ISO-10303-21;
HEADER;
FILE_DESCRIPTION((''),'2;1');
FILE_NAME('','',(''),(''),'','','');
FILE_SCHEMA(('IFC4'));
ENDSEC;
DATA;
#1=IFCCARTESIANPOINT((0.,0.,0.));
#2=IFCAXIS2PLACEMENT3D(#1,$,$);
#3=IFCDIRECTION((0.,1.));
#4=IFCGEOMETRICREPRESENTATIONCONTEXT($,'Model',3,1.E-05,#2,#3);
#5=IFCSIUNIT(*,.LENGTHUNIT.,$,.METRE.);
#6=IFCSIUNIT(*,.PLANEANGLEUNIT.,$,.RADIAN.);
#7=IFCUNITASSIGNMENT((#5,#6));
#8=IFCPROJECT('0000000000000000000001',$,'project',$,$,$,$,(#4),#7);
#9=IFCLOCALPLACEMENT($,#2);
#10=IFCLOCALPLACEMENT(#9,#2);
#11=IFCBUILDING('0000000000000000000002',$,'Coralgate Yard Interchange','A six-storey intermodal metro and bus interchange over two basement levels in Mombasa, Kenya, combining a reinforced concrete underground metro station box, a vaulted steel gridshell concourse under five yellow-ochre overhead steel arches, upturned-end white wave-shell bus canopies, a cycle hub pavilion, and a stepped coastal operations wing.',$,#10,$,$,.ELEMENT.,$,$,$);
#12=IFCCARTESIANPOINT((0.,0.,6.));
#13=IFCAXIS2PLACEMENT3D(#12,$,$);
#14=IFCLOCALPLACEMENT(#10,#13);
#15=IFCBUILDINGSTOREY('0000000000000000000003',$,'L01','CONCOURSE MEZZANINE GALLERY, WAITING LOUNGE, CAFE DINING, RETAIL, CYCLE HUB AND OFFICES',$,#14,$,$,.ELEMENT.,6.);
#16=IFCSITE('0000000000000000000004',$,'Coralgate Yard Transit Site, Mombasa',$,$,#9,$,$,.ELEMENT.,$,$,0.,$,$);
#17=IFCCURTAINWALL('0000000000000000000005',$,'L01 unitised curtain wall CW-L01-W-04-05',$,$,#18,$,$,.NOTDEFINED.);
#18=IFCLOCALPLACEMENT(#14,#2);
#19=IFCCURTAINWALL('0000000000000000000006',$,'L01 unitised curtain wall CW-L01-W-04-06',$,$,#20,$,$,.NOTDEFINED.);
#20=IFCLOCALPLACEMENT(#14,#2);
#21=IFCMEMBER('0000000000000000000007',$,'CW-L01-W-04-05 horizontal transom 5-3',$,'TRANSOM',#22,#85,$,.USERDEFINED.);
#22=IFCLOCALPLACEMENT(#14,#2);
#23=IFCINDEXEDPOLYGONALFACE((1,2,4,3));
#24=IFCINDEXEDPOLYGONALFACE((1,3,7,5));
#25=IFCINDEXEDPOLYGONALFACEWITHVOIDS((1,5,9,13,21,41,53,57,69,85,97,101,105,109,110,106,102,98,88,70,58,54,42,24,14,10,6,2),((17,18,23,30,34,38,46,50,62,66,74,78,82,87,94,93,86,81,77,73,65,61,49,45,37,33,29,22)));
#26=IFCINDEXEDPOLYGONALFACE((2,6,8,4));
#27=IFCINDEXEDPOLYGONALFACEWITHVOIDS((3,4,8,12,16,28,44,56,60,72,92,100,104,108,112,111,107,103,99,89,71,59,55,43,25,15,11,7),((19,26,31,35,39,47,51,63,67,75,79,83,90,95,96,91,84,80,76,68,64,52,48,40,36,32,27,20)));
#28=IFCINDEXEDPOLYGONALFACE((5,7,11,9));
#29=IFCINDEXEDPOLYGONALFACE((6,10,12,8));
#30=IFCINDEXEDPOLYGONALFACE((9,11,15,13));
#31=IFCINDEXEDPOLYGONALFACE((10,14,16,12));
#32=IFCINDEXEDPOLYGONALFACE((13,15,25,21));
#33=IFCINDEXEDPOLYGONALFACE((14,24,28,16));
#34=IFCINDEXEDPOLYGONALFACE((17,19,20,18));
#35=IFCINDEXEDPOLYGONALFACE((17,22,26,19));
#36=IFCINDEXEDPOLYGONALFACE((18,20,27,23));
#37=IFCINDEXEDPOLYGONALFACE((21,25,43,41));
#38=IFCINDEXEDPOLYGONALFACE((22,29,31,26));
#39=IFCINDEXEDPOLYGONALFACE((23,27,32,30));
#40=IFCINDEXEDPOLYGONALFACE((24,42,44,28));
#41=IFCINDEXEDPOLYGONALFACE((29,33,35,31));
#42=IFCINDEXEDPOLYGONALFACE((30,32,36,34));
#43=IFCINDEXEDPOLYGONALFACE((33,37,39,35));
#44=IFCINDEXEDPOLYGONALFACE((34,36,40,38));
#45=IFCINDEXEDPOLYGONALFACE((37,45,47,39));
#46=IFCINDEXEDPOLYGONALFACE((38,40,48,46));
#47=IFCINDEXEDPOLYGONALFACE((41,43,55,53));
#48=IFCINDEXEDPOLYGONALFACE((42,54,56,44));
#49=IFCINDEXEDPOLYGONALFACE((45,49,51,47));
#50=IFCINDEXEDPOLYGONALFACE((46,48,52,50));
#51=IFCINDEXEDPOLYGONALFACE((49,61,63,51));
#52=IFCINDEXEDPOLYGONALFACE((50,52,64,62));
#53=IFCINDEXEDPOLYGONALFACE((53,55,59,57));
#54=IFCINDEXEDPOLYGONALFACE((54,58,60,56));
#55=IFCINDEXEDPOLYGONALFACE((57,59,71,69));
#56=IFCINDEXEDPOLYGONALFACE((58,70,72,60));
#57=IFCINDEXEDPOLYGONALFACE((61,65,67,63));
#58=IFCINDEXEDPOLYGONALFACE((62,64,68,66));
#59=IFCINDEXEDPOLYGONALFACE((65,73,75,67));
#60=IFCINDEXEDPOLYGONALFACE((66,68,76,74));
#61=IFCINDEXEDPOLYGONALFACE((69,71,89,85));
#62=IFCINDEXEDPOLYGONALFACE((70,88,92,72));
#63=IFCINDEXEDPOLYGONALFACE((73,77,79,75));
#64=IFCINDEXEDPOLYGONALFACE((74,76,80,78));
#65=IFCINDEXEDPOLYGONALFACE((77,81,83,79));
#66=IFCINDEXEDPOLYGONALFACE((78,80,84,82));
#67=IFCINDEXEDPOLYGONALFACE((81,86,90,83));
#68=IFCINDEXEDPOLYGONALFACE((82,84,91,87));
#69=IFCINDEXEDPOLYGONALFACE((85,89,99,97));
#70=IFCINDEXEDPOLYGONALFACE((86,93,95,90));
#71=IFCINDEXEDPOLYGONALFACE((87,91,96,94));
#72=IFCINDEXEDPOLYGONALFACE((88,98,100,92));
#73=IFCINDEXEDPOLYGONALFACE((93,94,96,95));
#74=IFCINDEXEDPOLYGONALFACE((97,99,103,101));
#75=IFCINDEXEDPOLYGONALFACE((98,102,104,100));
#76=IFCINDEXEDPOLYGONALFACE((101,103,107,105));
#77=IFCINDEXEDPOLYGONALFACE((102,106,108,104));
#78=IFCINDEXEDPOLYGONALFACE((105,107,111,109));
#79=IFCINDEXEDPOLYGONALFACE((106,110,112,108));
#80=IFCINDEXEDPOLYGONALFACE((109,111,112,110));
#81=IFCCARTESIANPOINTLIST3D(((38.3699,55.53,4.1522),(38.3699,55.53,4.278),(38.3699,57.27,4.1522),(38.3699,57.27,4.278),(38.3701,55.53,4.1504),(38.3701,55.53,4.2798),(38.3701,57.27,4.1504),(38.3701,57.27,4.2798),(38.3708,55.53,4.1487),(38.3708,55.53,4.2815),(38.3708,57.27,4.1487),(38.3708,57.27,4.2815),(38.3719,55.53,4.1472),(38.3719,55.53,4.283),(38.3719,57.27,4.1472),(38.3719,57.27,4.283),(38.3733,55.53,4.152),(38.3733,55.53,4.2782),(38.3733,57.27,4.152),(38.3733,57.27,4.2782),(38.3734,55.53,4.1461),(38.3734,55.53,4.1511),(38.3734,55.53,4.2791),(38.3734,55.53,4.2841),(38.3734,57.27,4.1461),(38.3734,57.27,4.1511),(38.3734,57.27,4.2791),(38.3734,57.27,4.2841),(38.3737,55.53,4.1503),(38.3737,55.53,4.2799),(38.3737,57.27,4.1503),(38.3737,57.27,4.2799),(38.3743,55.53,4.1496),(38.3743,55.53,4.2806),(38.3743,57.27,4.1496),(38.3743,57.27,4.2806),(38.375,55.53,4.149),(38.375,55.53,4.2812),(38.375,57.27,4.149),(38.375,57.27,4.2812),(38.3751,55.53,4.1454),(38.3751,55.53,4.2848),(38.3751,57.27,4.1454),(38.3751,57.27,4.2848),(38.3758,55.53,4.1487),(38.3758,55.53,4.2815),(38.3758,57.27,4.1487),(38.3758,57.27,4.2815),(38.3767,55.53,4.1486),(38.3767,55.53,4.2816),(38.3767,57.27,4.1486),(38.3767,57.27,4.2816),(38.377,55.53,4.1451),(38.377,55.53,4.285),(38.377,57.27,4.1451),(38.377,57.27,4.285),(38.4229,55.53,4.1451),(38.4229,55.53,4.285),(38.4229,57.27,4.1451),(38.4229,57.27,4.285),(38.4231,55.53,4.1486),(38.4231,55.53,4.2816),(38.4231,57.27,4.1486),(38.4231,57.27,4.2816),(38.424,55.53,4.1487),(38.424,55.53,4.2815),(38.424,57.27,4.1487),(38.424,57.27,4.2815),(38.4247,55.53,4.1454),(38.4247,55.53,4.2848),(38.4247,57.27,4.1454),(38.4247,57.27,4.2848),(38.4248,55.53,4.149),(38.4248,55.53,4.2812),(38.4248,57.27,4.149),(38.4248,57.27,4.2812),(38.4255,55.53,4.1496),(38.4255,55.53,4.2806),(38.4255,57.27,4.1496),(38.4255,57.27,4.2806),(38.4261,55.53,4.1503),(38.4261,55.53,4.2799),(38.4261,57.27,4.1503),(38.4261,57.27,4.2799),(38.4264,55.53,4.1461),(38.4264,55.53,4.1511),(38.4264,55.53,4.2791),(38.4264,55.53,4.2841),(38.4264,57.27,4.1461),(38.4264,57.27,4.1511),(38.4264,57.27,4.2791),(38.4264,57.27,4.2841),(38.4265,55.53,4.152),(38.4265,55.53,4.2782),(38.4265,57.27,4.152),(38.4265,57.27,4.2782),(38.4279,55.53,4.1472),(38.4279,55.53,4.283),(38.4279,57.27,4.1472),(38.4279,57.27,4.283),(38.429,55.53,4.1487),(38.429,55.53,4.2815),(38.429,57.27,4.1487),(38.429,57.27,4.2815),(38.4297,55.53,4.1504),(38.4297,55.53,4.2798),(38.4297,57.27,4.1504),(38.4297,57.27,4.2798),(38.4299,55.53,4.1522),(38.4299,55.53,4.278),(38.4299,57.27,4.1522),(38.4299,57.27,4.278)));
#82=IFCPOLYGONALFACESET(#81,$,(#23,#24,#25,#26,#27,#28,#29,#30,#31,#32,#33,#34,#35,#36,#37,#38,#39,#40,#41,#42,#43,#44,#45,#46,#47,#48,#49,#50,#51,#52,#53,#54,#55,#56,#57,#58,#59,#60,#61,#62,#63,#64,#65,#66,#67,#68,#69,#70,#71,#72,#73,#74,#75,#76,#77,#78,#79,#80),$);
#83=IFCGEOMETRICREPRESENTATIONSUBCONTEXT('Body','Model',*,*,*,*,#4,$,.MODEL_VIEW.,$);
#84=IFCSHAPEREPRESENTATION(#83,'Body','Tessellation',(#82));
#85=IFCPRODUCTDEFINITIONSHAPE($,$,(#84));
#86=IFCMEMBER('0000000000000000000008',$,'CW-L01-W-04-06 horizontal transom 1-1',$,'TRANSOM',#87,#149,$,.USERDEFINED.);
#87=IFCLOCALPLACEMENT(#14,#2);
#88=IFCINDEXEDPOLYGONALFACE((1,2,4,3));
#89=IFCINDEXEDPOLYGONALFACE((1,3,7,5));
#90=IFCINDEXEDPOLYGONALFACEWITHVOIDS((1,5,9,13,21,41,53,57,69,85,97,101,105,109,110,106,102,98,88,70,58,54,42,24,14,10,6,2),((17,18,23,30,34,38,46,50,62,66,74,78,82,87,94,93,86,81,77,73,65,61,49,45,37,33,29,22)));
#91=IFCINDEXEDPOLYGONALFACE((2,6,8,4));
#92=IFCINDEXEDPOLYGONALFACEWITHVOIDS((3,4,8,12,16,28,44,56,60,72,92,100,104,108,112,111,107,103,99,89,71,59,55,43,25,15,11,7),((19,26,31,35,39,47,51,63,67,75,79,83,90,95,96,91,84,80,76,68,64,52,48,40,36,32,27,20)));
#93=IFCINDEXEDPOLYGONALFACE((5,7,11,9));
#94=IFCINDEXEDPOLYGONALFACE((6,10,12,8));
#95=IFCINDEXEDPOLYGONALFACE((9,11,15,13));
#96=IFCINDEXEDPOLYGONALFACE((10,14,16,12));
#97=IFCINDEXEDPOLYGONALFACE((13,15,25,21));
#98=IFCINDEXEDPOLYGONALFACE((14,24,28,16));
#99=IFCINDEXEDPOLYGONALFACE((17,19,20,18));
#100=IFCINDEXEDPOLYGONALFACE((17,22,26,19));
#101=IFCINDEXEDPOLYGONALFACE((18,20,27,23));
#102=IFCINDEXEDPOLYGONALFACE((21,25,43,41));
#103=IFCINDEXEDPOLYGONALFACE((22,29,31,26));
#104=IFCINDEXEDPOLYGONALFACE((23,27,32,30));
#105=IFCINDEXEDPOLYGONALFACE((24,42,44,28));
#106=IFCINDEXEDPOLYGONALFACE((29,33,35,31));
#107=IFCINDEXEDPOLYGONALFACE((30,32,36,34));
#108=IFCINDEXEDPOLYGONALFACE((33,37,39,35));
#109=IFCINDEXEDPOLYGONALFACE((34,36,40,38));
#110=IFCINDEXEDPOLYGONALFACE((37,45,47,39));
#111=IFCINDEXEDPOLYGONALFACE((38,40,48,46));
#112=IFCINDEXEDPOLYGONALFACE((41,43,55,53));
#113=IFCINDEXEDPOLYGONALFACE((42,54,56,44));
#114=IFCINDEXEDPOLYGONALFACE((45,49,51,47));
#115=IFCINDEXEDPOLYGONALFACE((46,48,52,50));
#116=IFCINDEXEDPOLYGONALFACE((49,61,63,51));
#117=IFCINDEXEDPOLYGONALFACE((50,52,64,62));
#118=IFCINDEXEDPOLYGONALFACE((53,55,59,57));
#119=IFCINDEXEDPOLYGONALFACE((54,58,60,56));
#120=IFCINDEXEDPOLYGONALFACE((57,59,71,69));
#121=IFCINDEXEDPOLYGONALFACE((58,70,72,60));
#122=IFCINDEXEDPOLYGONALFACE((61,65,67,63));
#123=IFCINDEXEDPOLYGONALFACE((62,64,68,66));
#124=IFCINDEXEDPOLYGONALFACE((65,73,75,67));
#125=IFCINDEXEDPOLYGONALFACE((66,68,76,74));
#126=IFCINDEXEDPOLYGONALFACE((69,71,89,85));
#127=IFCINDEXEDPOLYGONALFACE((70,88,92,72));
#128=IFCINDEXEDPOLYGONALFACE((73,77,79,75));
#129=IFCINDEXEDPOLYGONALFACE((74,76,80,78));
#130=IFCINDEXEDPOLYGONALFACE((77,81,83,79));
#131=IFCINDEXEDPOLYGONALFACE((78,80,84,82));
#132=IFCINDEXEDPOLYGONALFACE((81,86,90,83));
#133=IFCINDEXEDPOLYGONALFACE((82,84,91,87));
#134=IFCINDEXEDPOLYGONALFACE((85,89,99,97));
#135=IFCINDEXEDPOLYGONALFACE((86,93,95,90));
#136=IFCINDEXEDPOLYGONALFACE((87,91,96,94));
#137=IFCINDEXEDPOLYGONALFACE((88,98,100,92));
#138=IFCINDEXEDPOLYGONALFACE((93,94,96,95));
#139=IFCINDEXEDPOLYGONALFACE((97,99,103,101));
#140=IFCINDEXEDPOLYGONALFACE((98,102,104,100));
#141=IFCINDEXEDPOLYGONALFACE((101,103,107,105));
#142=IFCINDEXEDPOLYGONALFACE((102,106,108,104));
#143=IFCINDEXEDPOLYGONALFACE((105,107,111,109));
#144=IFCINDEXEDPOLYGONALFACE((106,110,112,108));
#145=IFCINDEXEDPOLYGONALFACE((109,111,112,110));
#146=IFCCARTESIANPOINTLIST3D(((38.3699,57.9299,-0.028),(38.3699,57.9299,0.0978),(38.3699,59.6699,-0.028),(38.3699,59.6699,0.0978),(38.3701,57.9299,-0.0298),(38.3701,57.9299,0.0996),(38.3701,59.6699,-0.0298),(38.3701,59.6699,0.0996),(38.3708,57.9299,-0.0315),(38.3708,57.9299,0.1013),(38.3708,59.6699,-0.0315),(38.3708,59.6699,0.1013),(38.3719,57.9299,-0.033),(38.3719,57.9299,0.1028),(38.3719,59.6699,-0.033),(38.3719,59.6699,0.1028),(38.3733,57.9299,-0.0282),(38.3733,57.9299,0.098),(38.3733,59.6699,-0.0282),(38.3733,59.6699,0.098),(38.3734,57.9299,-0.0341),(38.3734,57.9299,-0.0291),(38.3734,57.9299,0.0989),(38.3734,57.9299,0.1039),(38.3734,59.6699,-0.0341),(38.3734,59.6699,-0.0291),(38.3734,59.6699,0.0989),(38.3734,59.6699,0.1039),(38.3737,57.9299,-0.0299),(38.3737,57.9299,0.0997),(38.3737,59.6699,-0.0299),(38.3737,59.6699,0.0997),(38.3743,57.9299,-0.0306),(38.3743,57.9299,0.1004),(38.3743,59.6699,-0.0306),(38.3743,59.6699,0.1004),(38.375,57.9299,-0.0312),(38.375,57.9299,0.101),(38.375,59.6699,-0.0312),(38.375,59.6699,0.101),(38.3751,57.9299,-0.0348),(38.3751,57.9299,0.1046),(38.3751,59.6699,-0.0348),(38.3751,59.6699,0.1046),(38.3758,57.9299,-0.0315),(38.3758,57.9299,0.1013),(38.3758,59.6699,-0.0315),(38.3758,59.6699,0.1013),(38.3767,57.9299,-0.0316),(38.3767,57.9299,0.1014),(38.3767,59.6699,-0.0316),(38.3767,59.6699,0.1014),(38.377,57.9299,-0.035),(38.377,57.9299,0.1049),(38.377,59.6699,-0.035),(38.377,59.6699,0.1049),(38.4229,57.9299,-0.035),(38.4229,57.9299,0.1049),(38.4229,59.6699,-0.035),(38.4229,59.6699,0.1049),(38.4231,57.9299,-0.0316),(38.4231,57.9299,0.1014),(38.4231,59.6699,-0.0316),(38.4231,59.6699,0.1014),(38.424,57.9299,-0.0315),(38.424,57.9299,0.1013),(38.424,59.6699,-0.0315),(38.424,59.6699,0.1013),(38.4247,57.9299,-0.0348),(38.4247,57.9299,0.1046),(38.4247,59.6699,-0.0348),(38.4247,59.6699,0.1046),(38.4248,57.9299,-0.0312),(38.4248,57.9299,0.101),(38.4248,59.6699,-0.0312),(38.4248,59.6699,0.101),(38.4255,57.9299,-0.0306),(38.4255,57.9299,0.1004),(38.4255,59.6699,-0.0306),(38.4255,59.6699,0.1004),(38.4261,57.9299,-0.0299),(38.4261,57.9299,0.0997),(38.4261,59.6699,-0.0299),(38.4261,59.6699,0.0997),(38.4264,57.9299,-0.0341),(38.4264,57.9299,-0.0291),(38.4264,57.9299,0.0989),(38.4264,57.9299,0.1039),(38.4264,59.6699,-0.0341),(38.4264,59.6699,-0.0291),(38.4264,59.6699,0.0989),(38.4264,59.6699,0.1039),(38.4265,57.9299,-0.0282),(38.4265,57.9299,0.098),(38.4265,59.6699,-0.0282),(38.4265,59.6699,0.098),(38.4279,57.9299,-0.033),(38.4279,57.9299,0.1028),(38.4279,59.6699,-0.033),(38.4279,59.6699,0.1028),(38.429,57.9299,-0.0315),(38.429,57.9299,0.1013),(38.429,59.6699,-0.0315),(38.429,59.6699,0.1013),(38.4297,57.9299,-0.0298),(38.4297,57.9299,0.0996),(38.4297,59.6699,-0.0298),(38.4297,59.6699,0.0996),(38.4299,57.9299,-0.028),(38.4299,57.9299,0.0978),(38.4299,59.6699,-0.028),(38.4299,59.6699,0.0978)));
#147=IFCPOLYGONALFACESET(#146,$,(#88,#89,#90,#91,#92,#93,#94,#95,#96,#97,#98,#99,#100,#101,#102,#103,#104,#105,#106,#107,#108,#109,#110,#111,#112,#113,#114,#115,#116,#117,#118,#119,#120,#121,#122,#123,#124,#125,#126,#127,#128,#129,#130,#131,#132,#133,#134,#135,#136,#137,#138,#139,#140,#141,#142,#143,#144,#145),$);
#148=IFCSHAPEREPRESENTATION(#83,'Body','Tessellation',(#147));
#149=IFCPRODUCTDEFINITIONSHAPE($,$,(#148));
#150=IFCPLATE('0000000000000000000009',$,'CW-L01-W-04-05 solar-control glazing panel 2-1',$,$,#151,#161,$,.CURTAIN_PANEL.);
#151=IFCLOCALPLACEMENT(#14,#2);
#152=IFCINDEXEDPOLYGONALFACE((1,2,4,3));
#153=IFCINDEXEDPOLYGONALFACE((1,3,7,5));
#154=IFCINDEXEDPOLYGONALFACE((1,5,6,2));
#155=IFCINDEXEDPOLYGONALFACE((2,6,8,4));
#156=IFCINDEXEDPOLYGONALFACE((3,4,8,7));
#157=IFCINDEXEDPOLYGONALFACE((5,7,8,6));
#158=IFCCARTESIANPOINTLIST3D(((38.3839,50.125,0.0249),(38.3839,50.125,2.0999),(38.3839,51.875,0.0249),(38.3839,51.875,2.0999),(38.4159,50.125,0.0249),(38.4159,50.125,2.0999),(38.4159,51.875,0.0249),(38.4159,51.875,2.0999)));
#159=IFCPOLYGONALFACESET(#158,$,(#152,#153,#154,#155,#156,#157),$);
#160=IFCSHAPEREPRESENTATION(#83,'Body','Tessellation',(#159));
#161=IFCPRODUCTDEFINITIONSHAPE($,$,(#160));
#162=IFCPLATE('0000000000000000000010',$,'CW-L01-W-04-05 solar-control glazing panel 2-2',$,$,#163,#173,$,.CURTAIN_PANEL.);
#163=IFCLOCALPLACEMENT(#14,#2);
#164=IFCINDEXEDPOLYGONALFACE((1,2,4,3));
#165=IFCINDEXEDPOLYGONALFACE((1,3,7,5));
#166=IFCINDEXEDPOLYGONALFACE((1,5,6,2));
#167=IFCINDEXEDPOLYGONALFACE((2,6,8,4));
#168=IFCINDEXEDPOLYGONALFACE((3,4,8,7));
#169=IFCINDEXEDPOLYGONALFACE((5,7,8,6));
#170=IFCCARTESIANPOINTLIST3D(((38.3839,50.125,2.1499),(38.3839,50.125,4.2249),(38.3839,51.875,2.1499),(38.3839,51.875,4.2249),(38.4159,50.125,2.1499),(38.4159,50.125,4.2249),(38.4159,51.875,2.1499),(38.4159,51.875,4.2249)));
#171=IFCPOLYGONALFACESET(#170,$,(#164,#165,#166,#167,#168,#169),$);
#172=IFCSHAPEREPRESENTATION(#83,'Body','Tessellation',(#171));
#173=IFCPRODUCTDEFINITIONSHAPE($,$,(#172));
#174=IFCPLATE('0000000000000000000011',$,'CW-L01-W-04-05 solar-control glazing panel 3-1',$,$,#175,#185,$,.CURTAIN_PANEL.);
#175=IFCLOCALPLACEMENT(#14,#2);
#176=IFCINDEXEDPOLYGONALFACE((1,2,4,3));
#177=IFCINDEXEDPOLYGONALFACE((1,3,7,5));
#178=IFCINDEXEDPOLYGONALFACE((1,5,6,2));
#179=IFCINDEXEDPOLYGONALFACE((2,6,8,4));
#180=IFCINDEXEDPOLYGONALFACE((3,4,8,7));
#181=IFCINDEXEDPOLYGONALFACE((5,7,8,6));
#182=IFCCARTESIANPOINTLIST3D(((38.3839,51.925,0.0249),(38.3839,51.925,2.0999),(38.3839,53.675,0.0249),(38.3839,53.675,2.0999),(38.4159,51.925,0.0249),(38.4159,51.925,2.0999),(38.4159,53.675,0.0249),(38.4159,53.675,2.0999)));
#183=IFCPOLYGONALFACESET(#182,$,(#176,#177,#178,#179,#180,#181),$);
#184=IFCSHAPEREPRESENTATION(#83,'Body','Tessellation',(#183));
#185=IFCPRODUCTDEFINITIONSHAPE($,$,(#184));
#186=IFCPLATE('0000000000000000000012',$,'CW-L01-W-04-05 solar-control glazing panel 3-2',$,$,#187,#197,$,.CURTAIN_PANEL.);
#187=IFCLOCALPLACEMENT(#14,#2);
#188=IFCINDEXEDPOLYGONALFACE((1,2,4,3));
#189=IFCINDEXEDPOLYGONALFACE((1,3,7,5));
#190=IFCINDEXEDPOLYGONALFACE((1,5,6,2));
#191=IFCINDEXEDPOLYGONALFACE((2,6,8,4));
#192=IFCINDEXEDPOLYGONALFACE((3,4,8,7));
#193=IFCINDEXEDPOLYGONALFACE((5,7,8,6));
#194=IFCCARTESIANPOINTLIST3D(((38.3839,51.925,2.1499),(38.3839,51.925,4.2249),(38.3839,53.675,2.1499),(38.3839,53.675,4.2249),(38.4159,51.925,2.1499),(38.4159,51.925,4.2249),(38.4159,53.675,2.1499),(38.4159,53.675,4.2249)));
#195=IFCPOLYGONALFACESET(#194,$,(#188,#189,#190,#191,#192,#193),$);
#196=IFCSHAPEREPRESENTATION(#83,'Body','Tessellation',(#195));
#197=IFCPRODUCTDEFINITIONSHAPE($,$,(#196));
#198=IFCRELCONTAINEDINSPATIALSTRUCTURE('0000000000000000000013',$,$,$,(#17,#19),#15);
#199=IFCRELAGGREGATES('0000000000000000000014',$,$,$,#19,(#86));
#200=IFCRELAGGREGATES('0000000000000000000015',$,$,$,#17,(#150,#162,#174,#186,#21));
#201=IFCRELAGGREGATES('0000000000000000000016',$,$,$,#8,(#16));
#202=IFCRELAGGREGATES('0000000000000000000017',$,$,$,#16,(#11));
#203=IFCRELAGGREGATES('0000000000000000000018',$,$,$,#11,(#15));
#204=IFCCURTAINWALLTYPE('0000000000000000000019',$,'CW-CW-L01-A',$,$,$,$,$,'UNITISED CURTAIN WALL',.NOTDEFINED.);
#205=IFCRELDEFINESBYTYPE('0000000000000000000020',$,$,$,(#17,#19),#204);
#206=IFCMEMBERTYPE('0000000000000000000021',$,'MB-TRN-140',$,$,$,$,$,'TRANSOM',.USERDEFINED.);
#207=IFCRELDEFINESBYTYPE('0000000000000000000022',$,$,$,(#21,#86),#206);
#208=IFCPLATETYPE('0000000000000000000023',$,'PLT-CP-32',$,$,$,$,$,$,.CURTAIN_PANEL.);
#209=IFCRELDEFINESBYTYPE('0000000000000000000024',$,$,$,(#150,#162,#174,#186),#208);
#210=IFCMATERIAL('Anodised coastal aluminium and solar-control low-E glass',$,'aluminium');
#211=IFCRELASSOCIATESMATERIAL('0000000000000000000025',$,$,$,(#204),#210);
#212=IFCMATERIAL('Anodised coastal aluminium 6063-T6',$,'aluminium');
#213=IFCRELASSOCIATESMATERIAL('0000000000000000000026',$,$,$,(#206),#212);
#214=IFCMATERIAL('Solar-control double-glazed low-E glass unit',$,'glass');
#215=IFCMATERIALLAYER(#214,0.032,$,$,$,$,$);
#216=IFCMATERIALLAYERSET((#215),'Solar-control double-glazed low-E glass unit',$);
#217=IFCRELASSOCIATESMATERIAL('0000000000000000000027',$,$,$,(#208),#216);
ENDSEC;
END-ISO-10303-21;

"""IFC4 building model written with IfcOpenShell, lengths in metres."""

from ifc_helpers import new_model, si_unit, direction, frame, origin, origin_2d, place, context, subcontext, project, spatial, rectangle, hollow_rectangle, extrude, material, layer, layer_set, material_profile, profile_set, type_object, element, aggregate, save


model = new_model("IFC4")

# Units and contexts
model_context = context("Model", 3, precision=1e-05, world=origin(), true_north=direction((0.0, 1.0)))
body_context = subcontext(model_context, "Body", "Model", "MODEL_VIEW")
ifc_project = project(units=[si_unit("LENGTHUNIT", "METRE"), si_unit("PLANEANGLEUNIT", "RADIAN")], contexts=[model_context])

# Site, building, storey
site_placement = place(None, origin())
site = spatial("IfcSite", under=ifc_project, at=site_placement, Name="Coralgate Yard Transit Site, Mombasa", CompositionType="ELEMENT", RefElevation=0.0)
building_placement = place(site_placement, origin())
building = spatial("IfcBuilding", under=site, at=building_placement, Name="Coralgate Yard Interchange", Description="A six-storey intermodal metro and bus interchange over two basement levels in Mombasa, Kenya, combining a reinforced concrete underground metro station box, a vaulted steel gridshell concourse under five yellow-ochre overhead steel arches, upturned-end white wave-shell bus canopies, a cycle hub pavilion, and a stepped coastal operations wing.", CompositionType="ELEMENT")
storey_placement = place(building_placement, frame((0.0, 0.0, 6.0)))
storey = spatial("IfcBuildingStorey", under=building, at=storey_placement, Name="L01", Description="CONCOURSE MEZZANINE GALLERY, WAITING LOUNGE, CAFE DINING, RETAIL, CYCLE HUB AND OFFICES", CompositionType="ELEMENT", Elevation=6.0)

# Curtain wall
ifc_material_1 = material(Name="Anodised coastal aluminium and solar-control low-E glass", Category="aluminium")
curtain_wall_type_1 = type_object("IfcCurtainWallType", Name="CW-CW-L01-A", ElementType="UNITISED CURTAIN WALL", PredefinedType="NOTDEFINED", material=ifc_material_1)
curtain_wall_1_placement = place(storey_placement, origin())
curtain_wall_1 = element("IfcCurtainWall", 1, at=curtain_wall_1_placement, inside=storey, type_object=curtain_wall_type_1, Name="L01 unitised curtain wall CW-L01-W-04-05", PredefinedType="NOTDEFINED")
ifc_material_2 = material(Name="Anodised coastal aluminium 6063-T6", Category="aluminium")

# Curtain wall
curtain_wall_2_placement = place(storey_placement, origin())
curtain_wall_2 = element("IfcCurtainWall", 2, at=curtain_wall_2_placement, inside=storey, type_object=curtain_wall_type_1, Name="L01 unitised curtain wall CW-L01-W-04-06", PredefinedType="NOTDEFINED")

# Members
ifc_material_profile_1 = material_profile(ifc_material_2, hollow_rectangle(XDim=0.0601, YDim=0.1399, WallThickness=0.0034, InnerFilletRadius=0.0034, OuterFilletRadius=0.0071, at=origin_2d()), Name="ALU 60x140x3.5")
ifc_profile_set_1 = profile_set([ifc_material_profile_1], Name="Anodised coastal aluminium 6063-T6")
member_type_1 = type_object("IfcMemberType", Name="MB-TRN-140", ElementType="TRANSOM", PredefinedType="USERDEFINED", material=ifc_profile_set_1)
member_1_placement = place(storey_placement, frame((38.3999, 55.53, 4.2151), z_axis=(0.0, 1.0, 0.0), x_axis=(-1.0, 0.0, 0.0)))
member_1 = element("IfcMember", 3, at=member_1_placement, type_object=member_type_1, Name="CW-L01-W-04-05 horizontal transom 5-3", ObjectType="TRANSOM", PredefinedType="USERDEFINED", context=body_context, shape_type="SweptSolid", body=[
    extrude(hollow_rectangle(XDim=0.0601, YDim=0.1399, WallThickness=0.0034, InnerFilletRadius=0.0034, OuterFilletRadius=0.0071, at=origin_2d()), origin(), (0.0, 0.0, 1.0), 1.74),
])
member_2_placement = place(storey_placement, frame((38.3999, 57.9299, 0.0349), z_axis=(0.0, 1.0, 0.0), x_axis=(-1.0, 0.0, 0.0)))
member_2 = element("IfcMember", 4, at=member_2_placement, type_object=member_type_1, Name="CW-L01-W-04-06 horizontal transom 1-1", ObjectType="TRANSOM", PredefinedType="USERDEFINED", context=body_context, shape_type="SweptSolid", body=[
    extrude(hollow_rectangle(XDim=0.0601, YDim=0.1399, WallThickness=0.0034, InnerFilletRadius=0.0034, OuterFilletRadius=0.0071, at=origin_2d()), origin(), (0.0, 0.0, 1.0), 1.74),
])
aggregate(curtain_wall_2, [member_2])

# Plates
ifc_material_3 = material(Name="Solar-control double-glazed low-E glass unit", Category="glass")
ifc_layer = layer(ifc_material_3, 0.032)
ifc_layer_set = layer_set([ifc_layer], Name="Solar-control double-glazed low-E glass unit")
plate_type = type_object("IfcPlateType", Name="PLT-CP-32", PredefinedType="CURTAIN_PANEL", material=ifc_layer_set)
plate_1_placement = place(storey_placement, frame((38.3999, 51.0, 0.0249), z_axis=(0.0, 0.0, 1.0), x_axis=(0.0, 1.0, 0.0)))
plate_1 = element("IfcPlate", 5, at=plate_1_placement, type_object=plate_type, Name="CW-L01-W-04-05 solar-control glazing panel 2-1", PredefinedType="CURTAIN_PANEL", context=body_context, shape_type="SweptSolid", body=[
    extrude(rectangle(XDim=1.75, YDim=0.032, at=origin_2d()), origin(), (0.0, 0.0, 1.0), 2.075),
])
plate_2_placement = place(storey_placement, frame((38.3999, 51.0, 2.1499), z_axis=(0.0, 0.0, 1.0), x_axis=(0.0, 1.0, 0.0)))
plate_2 = element("IfcPlate", 6, at=plate_2_placement, type_object=plate_type, Name="CW-L01-W-04-05 solar-control glazing panel 2-2", PredefinedType="CURTAIN_PANEL", context=body_context, shape_type="SweptSolid", body=[
    extrude(rectangle(XDim=1.75, YDim=0.032, at=origin_2d()), origin(), (0.0, 0.0, 1.0), 2.075),
])
plate_3_placement = place(storey_placement, frame((38.3999, 52.8, 0.0249), z_axis=(0.0, 0.0, 1.0), x_axis=(0.0, 1.0, 0.0)))
plate_3 = element("IfcPlate", 7, at=plate_3_placement, type_object=plate_type, Name="CW-L01-W-04-05 solar-control glazing panel 3-1", PredefinedType="CURTAIN_PANEL", context=body_context, shape_type="SweptSolid", body=[
    extrude(rectangle(XDim=1.75, YDim=0.032, at=origin_2d()), origin(), (0.0, 0.0, 1.0), 2.075),
])
plate_4_placement = place(storey_placement, frame((38.3999, 52.8, 2.1499), z_axis=(0.0, 0.0, 1.0), x_axis=(0.0, 1.0, 0.0)))
plate_4 = element("IfcPlate", 8, at=plate_4_placement, type_object=plate_type, Name="CW-L01-W-04-05 solar-control glazing panel 3-2", PredefinedType="CURTAIN_PANEL", context=body_context, shape_type="SweptSolid", body=[
    extrude(rectangle(XDim=1.75, YDim=0.032, at=origin_2d()), origin(), (0.0, 0.0, 1.0), 2.075),
])
aggregate(curtain_wall_1, [plate_1, plate_2, plate_3, plate_4, member_1])

save(model, "model.ifc")
